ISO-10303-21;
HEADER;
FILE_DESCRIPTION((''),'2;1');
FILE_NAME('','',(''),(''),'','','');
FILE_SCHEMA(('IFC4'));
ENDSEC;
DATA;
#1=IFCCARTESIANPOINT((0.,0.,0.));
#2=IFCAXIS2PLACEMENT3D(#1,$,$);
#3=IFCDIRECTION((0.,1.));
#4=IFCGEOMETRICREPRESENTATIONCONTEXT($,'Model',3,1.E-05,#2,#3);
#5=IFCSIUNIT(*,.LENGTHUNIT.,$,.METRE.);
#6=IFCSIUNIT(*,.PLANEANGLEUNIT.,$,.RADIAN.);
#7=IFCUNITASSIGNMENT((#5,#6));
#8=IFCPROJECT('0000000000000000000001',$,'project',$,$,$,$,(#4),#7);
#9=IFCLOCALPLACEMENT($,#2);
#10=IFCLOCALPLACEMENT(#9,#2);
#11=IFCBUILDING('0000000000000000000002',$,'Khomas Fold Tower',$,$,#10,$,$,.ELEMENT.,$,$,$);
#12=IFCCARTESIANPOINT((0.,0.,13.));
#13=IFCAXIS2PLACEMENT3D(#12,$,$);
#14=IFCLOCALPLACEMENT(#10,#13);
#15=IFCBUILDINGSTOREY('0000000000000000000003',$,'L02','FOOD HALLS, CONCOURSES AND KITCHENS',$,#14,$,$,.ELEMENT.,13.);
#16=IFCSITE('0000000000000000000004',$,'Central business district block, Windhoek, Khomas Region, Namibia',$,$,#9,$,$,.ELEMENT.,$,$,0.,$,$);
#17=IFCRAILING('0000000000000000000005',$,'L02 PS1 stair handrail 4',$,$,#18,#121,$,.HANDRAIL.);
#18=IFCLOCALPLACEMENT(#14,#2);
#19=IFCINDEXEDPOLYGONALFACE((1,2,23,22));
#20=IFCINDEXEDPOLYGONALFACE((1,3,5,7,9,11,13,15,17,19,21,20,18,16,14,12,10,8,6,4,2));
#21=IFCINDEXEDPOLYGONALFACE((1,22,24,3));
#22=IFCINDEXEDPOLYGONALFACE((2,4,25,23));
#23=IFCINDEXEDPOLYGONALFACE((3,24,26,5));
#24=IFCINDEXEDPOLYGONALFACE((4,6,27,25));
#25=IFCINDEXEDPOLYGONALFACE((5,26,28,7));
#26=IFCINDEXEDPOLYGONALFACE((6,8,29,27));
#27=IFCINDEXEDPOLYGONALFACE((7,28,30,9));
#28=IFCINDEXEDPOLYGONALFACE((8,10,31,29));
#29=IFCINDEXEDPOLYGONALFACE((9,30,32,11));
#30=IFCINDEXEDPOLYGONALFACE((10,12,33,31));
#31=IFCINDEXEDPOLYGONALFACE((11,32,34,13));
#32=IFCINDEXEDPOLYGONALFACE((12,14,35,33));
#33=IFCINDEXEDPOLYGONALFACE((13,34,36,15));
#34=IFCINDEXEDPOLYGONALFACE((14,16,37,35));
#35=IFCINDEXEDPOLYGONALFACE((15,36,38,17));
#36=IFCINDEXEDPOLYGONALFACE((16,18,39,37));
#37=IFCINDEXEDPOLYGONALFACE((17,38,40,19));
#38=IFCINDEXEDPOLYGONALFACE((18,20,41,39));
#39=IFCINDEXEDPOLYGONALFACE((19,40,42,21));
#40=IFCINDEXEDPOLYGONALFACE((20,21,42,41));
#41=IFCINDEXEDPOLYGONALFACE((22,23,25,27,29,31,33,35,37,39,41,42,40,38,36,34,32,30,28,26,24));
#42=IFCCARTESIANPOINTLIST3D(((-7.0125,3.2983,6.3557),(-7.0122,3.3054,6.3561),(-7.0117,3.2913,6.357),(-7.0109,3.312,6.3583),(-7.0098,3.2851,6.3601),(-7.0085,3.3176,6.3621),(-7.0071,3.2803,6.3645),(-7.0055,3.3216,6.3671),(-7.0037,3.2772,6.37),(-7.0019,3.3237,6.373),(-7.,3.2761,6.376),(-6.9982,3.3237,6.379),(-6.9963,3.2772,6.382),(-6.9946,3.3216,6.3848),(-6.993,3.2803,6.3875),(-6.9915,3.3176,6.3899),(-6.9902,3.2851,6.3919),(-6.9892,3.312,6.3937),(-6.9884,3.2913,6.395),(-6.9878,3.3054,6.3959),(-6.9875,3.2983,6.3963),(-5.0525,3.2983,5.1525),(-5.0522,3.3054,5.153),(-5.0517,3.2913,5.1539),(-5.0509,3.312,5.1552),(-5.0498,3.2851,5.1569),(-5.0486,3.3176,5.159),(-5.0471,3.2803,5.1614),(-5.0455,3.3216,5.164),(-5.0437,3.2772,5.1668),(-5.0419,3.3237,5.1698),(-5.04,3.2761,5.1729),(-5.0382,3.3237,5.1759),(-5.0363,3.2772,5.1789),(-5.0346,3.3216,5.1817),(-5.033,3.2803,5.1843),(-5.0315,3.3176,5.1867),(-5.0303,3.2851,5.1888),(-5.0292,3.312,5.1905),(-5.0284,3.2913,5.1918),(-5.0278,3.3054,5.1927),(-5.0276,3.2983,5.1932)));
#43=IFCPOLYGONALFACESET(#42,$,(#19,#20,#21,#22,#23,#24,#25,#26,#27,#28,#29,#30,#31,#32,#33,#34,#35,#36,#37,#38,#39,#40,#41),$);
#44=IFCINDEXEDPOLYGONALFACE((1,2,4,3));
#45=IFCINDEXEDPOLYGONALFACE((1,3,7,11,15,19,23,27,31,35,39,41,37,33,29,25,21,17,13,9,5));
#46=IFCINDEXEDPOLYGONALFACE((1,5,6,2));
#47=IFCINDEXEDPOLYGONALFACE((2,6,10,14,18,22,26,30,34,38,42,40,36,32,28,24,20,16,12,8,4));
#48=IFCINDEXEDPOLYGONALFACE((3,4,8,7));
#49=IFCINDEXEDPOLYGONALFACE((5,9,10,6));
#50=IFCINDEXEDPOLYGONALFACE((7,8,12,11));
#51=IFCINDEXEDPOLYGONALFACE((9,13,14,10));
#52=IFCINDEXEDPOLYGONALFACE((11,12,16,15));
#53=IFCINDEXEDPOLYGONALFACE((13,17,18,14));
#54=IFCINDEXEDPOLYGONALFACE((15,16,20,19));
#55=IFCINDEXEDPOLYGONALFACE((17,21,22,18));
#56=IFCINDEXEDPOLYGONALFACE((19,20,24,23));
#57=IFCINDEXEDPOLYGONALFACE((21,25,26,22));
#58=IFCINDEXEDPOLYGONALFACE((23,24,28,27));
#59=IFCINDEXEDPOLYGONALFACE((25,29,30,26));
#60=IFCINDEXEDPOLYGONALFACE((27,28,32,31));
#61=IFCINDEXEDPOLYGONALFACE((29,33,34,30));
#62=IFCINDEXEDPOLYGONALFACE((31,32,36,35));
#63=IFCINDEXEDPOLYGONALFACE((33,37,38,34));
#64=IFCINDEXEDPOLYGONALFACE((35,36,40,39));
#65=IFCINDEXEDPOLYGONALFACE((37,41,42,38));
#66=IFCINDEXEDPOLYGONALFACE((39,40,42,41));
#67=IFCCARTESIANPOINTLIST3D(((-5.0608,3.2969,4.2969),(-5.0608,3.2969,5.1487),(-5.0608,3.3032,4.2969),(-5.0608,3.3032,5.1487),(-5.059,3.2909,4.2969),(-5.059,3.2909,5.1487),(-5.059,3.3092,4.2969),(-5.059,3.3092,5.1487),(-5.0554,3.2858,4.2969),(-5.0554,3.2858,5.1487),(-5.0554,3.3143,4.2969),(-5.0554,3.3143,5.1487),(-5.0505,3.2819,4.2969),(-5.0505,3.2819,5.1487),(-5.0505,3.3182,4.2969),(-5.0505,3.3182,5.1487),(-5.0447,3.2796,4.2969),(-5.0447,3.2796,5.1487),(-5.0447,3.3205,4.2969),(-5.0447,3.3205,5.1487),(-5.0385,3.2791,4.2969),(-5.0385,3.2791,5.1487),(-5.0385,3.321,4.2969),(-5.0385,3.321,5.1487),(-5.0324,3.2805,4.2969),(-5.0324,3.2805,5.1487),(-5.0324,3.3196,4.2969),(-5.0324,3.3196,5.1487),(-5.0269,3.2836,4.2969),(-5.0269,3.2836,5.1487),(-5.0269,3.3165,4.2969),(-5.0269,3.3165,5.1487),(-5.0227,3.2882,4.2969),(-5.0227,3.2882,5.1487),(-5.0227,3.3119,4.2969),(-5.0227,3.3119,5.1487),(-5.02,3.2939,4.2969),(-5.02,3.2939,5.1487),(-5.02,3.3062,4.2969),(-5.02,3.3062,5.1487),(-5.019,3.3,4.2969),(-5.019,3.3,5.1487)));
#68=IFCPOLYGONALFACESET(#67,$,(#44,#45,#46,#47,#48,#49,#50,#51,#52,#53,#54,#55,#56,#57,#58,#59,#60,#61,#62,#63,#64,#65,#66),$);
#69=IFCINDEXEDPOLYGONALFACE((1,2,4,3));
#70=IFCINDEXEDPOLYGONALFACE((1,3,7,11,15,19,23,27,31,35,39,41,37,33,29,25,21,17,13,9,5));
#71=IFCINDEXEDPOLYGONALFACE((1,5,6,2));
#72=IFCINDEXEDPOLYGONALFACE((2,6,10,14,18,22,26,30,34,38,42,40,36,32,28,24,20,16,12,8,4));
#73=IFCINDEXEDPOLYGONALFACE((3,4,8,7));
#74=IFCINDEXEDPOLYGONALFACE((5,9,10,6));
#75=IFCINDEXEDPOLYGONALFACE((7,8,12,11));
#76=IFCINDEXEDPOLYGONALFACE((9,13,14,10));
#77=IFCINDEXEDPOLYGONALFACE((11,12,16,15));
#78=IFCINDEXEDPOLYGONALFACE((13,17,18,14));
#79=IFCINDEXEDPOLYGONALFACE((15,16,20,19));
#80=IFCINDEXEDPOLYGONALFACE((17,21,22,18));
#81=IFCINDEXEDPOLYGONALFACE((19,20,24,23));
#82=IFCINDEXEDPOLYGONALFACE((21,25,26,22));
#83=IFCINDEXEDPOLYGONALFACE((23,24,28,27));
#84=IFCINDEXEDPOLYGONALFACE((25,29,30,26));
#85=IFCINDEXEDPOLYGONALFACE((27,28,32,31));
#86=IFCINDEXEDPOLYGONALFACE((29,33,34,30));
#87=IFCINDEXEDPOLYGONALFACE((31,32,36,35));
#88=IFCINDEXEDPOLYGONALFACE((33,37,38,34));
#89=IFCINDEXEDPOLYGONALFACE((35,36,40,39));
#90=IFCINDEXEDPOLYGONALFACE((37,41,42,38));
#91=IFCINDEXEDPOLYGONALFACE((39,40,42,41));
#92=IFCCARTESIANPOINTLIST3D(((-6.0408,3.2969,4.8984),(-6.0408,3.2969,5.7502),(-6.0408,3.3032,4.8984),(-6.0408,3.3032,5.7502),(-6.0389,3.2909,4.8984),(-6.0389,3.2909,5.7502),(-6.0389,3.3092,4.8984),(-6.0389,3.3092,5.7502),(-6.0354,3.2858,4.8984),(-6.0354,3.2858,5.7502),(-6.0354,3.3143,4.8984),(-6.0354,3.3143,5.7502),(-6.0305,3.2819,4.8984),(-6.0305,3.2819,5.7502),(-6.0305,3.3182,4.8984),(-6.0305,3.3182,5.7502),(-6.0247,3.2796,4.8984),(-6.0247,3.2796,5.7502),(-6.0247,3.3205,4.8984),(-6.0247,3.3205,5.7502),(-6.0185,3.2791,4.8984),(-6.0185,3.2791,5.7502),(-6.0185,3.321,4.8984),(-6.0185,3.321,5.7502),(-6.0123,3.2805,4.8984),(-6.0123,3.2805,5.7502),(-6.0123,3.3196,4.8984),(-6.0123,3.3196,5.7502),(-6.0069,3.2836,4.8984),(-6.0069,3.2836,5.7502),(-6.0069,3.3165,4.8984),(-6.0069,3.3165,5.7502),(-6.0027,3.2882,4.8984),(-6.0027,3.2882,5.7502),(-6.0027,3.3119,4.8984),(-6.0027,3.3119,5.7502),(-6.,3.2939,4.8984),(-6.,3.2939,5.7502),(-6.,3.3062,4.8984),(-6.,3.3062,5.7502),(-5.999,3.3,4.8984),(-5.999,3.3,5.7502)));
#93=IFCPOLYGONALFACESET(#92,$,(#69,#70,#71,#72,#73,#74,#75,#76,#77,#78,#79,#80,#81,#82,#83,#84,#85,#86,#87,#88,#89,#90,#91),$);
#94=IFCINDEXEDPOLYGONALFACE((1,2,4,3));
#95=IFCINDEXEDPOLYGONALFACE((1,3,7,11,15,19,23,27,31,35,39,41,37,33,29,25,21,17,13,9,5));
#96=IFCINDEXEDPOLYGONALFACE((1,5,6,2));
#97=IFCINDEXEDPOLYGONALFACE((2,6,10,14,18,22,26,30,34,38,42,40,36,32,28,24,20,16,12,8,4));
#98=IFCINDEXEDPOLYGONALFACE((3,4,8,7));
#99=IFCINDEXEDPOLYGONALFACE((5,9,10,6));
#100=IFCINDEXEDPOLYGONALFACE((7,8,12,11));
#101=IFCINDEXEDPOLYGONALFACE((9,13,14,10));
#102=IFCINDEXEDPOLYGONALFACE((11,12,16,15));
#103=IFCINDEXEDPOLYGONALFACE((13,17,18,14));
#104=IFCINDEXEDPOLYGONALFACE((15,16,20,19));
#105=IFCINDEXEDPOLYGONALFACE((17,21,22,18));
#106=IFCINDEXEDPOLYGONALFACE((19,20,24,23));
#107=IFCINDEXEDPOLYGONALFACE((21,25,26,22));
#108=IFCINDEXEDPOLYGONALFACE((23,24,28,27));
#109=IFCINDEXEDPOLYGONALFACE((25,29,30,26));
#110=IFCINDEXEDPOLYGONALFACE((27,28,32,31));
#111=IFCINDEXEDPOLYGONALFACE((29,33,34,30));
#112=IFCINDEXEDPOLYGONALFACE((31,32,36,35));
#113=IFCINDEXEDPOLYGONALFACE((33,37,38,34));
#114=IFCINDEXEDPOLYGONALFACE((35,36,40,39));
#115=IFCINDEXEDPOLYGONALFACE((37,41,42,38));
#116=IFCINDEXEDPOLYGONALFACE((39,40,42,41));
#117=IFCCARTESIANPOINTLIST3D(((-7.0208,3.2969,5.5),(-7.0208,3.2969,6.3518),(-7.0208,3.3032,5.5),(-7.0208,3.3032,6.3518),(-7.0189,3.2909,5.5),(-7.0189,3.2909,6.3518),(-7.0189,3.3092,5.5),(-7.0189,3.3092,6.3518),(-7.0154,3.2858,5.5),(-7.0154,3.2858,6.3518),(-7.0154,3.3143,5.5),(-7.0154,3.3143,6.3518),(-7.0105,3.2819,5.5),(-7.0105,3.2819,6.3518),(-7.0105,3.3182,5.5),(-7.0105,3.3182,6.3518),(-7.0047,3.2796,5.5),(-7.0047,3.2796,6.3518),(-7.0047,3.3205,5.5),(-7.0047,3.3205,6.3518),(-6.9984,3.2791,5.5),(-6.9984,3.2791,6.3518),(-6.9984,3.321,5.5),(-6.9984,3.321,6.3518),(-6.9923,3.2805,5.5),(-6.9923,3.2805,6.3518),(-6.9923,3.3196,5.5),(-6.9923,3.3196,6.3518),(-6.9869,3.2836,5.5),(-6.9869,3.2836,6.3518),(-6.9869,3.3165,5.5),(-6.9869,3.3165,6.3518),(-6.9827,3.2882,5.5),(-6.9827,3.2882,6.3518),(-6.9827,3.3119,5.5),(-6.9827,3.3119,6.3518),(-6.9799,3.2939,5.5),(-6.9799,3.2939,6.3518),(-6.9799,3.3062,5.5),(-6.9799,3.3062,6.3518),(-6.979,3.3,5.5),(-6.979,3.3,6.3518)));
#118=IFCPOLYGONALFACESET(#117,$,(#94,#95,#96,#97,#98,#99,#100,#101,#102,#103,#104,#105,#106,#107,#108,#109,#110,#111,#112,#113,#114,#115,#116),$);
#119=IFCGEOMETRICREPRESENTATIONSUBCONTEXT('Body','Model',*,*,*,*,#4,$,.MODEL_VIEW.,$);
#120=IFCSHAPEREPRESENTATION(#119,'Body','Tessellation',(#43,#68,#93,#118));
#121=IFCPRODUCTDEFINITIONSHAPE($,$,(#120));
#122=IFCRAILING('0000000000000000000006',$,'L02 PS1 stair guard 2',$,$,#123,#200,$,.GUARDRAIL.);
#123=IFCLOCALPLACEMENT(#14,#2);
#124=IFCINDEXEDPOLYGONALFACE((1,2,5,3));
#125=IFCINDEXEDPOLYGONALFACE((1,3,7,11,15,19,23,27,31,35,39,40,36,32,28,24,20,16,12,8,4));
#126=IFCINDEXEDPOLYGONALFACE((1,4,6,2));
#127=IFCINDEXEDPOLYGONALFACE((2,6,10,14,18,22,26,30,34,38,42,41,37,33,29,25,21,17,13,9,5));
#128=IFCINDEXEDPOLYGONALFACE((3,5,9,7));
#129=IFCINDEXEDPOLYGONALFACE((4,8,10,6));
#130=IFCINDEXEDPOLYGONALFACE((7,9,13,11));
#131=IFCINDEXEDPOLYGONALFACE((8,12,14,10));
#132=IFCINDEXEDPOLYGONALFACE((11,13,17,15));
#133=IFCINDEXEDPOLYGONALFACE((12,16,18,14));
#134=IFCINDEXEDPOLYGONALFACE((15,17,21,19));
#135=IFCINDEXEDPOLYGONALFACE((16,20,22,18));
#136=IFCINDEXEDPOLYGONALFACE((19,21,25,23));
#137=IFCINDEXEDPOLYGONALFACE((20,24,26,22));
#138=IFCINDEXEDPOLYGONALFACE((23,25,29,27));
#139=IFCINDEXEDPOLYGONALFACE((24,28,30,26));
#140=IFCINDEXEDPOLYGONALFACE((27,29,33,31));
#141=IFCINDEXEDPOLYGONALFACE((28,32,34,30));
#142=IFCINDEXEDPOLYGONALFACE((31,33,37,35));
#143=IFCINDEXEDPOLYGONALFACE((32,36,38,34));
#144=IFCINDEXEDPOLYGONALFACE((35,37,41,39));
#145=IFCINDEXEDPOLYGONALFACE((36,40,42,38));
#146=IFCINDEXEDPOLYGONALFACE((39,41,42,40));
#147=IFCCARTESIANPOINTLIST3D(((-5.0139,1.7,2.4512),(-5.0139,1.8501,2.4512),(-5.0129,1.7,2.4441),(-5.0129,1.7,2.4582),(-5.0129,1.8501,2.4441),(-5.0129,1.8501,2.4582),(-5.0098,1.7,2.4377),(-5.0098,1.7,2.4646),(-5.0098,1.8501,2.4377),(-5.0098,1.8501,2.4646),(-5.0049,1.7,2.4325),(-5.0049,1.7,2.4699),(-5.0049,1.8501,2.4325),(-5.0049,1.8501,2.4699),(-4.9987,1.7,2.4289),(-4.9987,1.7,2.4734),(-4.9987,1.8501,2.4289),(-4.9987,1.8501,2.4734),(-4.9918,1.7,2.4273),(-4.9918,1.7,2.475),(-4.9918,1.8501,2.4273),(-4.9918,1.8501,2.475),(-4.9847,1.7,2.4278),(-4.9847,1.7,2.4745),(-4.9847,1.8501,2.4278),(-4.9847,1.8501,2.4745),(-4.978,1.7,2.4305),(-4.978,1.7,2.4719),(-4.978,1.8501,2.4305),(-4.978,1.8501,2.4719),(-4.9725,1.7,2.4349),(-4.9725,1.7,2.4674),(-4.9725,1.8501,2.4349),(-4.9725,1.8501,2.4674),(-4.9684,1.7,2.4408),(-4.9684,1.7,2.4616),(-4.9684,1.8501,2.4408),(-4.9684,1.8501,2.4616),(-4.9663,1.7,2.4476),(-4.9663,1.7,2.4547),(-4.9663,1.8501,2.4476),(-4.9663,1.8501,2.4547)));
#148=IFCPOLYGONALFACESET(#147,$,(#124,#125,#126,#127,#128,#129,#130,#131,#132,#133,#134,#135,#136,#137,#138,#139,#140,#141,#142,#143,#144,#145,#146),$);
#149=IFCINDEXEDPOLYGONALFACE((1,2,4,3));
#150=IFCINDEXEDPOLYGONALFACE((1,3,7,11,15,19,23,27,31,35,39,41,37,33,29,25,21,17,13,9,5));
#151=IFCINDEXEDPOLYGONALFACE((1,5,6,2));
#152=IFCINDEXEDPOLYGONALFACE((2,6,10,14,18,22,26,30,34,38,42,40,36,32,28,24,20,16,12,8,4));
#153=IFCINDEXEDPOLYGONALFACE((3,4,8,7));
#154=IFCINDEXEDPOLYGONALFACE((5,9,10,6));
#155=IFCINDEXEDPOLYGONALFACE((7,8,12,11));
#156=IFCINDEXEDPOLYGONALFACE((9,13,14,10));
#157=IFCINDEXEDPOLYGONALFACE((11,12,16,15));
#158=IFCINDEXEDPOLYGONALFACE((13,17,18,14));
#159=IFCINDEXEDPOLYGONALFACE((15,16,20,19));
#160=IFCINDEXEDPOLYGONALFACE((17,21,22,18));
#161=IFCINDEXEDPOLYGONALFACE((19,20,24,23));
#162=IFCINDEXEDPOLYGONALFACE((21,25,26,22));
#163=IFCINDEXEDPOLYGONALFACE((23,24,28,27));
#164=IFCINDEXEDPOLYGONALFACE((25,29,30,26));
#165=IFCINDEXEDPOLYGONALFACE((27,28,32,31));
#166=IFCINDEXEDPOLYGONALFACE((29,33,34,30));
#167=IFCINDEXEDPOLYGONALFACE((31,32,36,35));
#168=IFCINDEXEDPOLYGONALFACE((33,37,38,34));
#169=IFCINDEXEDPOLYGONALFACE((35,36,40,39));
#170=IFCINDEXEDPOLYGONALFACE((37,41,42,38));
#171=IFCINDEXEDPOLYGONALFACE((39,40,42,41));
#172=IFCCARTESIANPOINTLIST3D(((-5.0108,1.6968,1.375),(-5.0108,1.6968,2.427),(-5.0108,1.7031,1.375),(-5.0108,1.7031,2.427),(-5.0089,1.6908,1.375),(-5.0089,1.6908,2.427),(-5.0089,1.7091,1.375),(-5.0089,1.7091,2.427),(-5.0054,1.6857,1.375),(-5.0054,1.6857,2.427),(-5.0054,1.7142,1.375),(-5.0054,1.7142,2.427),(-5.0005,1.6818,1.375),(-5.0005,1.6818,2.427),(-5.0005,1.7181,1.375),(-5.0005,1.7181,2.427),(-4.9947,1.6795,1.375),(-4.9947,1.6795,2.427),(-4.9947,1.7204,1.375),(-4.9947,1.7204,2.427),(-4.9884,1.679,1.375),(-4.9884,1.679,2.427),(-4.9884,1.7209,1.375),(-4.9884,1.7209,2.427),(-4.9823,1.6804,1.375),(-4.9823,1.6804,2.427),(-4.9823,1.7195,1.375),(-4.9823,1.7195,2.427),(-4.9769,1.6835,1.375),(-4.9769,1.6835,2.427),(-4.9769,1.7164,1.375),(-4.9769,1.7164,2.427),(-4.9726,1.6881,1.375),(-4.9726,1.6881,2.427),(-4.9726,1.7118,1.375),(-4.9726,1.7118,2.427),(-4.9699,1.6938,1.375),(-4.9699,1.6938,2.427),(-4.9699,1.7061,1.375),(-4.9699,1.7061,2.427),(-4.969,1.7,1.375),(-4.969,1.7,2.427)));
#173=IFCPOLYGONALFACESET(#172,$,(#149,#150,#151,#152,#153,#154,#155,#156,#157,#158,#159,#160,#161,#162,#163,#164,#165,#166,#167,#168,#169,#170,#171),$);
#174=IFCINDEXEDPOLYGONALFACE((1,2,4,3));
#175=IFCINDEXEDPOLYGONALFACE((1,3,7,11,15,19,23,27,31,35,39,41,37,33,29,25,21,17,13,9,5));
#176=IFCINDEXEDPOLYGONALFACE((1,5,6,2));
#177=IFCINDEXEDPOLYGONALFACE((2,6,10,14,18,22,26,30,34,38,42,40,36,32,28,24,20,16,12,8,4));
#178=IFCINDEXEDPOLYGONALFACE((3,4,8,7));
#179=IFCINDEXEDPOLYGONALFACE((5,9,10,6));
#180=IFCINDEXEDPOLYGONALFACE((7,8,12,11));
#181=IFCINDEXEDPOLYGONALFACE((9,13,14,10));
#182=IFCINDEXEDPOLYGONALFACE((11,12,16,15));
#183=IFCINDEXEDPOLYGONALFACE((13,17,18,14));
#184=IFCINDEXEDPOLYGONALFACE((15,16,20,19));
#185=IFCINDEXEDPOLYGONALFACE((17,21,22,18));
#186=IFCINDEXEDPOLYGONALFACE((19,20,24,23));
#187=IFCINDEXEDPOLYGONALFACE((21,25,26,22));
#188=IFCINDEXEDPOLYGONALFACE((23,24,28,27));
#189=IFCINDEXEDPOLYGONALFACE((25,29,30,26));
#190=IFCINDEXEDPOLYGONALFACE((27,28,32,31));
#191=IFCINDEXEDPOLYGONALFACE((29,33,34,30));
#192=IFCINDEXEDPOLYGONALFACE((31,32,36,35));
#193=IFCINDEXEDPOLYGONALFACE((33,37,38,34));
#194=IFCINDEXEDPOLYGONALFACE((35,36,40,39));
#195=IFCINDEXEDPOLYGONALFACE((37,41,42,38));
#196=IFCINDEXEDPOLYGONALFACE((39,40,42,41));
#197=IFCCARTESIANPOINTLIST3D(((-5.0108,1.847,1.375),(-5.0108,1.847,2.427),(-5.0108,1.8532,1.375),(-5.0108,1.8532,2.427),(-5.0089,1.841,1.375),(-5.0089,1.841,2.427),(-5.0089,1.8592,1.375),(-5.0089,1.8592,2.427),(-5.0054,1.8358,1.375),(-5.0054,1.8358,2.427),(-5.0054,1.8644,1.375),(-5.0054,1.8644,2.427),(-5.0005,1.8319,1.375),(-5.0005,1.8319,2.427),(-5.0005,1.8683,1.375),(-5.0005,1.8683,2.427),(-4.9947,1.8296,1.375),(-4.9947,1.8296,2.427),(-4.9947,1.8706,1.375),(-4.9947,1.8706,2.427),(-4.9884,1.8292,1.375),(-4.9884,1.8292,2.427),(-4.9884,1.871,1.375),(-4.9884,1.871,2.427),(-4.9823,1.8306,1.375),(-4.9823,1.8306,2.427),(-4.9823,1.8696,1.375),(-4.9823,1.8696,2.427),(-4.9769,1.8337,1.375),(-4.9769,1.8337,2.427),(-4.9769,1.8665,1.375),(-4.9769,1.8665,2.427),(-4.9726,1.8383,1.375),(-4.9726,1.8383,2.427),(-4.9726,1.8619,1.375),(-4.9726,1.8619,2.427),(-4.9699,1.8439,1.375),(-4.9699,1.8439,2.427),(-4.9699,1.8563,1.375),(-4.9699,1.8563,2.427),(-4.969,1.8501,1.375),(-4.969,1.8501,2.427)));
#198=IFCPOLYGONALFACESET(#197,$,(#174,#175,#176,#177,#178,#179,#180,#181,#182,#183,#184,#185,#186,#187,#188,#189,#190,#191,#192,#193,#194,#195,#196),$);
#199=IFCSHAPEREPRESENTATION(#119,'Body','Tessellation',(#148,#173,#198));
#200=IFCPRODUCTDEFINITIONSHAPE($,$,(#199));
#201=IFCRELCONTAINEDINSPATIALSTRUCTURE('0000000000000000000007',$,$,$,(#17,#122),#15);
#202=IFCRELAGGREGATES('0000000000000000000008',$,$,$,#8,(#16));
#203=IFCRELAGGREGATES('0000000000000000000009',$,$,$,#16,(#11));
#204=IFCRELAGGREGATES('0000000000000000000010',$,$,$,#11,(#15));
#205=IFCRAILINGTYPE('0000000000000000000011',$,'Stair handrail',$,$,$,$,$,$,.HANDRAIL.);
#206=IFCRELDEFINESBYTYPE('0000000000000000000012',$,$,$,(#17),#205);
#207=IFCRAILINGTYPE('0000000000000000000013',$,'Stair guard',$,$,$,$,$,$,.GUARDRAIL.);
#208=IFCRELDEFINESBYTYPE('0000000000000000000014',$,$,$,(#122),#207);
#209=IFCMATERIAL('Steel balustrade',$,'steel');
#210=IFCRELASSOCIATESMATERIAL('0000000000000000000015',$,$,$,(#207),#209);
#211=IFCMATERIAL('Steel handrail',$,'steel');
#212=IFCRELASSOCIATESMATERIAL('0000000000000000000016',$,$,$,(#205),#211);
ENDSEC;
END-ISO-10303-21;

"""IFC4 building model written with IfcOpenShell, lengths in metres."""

from ifc_helpers import new_model, si_unit, direction, frame, origin, origin_2d, place, context, subcontext, project, spatial, circle, extrude, source, transform, mapped, material, type_object, element, save


model = new_model("IFC4")

# Units and contexts
model_context = context("Model", 3, precision=1e-05, world=origin(), true_north=direction((0.0, 1.0)))
body_context = subcontext(model_context, "Body", "Model", "MODEL_VIEW")
ifc_project = project(units=[si_unit("LENGTHUNIT", "METRE"), si_unit("PLANEANGLEUNIT", "RADIAN")], contexts=[model_context])

# Site, building, storey
site_placement = place(None, origin())
site = spatial("IfcSite", under=ifc_project, at=site_placement, Name="Central business district block, Windhoek, Khomas Region, Namibia", CompositionType="ELEMENT", RefElevation=0.0)
building_placement = place(site_placement, origin())
building = spatial("IfcBuilding", under=site, at=building_placement, Name="Khomas Fold Tower", CompositionType="ELEMENT")
storey_placement = place(building_placement, frame((0.0, 0.0, 13.0)))
storey = spatial("IfcBuildingStorey", under=building, at=storey_placement, Name="L02", Description="FOOD HALLS, CONCOURSES AND KITCHENS", CompositionType="ELEMENT", Elevation=13.0)

# Railings
ifc_material_1 = material(Name="Steel balustrade", Category="steel")
railing_type_1 = type_object("IfcRailingType", Name="Stair guard", PredefinedType="GUARDRAIL", material=ifc_material_1)
ifc_material_2 = material(Name="Steel handrail", Category="steel")
railing_type_2 = type_object("IfcRailingType", Name="Stair handrail", PredefinedType="HANDRAIL", material=ifc_material_2)
shared_shape_1 = source(origin(), body_context, "Body", "SweptSolid", [
    extrude(circle(Radius=0.0239, at=origin_2d()), frame((0.0, 0.0, 0.876), z_axis=(-0.852241, 0.0, 0.523149), x_axis=(0.0, -1.0, 0.0)), (0.0, 0.0, 1.0), 2.2998),
    extrude(circle(Radius=0.021, at=origin_2d()), origin(), (0.0, 0.0, 1.0), 0.8518),
    extrude(circle(Radius=0.021, at=origin_2d()), frame((-0.98, 0.0, 0.6016)), (0.0, 0.0, 1.0), 0.8518),
    extrude(circle(Radius=0.021, at=origin_2d()), frame((-1.96, 0.0, 1.2031)), (0.0, 0.0, 1.0), 0.8518),
])
for number, where, name in (
    (1, (-5.04, 3.3, 4.2969), "L02 PS1 stair handrail 4"),
):
    element("IfcRailing", number, at=place(storey_placement, frame(where)), inside=storey, type_object=railing_type_2, Name=name, PredefinedType="HANDRAIL", context=body_context, shape_type="MappedRepresentation", body=[
        mapped(shared_shape_1, transform((0.0, 0.0, 0.0))),
    ])
shared_shape_2 = source(origin(), body_context, "Body", "SweptSolid", [
    extrude(circle(Radius=0.0239, at=origin_2d()), frame((0.0, 0.0, 1.0762), z_axis=(0.0, 1.0, 0.0), x_axis=(-1.0, 0.0, 0.0)), (0.0, 0.0, 1.0), 0.1501),
    extrude(circle(Radius=0.021, at=origin_2d()), origin(), (0.0, 0.0, 1.0), 1.052),
    extrude(circle(Radius=0.021, at=origin_2d()), frame((0.0, 0.1501, 0.0)), (0.0, 0.0, 1.0), 1.052),
])
for number, where, name in (
    (2, (-4.99, 1.7, 1.375), "L02 PS1 stair guard 2"),
):
    element("IfcRailing", number, at=place(storey_placement, frame(where)), inside=storey, type_object=railing_type_1, Name=name, PredefinedType="GUARDRAIL", context=body_context, shape_type="MappedRepresentation", body=[
        mapped(shared_shape_2, transform((0.0, 0.0, 0.0))),
    ])

save(model, "model.ifc")
